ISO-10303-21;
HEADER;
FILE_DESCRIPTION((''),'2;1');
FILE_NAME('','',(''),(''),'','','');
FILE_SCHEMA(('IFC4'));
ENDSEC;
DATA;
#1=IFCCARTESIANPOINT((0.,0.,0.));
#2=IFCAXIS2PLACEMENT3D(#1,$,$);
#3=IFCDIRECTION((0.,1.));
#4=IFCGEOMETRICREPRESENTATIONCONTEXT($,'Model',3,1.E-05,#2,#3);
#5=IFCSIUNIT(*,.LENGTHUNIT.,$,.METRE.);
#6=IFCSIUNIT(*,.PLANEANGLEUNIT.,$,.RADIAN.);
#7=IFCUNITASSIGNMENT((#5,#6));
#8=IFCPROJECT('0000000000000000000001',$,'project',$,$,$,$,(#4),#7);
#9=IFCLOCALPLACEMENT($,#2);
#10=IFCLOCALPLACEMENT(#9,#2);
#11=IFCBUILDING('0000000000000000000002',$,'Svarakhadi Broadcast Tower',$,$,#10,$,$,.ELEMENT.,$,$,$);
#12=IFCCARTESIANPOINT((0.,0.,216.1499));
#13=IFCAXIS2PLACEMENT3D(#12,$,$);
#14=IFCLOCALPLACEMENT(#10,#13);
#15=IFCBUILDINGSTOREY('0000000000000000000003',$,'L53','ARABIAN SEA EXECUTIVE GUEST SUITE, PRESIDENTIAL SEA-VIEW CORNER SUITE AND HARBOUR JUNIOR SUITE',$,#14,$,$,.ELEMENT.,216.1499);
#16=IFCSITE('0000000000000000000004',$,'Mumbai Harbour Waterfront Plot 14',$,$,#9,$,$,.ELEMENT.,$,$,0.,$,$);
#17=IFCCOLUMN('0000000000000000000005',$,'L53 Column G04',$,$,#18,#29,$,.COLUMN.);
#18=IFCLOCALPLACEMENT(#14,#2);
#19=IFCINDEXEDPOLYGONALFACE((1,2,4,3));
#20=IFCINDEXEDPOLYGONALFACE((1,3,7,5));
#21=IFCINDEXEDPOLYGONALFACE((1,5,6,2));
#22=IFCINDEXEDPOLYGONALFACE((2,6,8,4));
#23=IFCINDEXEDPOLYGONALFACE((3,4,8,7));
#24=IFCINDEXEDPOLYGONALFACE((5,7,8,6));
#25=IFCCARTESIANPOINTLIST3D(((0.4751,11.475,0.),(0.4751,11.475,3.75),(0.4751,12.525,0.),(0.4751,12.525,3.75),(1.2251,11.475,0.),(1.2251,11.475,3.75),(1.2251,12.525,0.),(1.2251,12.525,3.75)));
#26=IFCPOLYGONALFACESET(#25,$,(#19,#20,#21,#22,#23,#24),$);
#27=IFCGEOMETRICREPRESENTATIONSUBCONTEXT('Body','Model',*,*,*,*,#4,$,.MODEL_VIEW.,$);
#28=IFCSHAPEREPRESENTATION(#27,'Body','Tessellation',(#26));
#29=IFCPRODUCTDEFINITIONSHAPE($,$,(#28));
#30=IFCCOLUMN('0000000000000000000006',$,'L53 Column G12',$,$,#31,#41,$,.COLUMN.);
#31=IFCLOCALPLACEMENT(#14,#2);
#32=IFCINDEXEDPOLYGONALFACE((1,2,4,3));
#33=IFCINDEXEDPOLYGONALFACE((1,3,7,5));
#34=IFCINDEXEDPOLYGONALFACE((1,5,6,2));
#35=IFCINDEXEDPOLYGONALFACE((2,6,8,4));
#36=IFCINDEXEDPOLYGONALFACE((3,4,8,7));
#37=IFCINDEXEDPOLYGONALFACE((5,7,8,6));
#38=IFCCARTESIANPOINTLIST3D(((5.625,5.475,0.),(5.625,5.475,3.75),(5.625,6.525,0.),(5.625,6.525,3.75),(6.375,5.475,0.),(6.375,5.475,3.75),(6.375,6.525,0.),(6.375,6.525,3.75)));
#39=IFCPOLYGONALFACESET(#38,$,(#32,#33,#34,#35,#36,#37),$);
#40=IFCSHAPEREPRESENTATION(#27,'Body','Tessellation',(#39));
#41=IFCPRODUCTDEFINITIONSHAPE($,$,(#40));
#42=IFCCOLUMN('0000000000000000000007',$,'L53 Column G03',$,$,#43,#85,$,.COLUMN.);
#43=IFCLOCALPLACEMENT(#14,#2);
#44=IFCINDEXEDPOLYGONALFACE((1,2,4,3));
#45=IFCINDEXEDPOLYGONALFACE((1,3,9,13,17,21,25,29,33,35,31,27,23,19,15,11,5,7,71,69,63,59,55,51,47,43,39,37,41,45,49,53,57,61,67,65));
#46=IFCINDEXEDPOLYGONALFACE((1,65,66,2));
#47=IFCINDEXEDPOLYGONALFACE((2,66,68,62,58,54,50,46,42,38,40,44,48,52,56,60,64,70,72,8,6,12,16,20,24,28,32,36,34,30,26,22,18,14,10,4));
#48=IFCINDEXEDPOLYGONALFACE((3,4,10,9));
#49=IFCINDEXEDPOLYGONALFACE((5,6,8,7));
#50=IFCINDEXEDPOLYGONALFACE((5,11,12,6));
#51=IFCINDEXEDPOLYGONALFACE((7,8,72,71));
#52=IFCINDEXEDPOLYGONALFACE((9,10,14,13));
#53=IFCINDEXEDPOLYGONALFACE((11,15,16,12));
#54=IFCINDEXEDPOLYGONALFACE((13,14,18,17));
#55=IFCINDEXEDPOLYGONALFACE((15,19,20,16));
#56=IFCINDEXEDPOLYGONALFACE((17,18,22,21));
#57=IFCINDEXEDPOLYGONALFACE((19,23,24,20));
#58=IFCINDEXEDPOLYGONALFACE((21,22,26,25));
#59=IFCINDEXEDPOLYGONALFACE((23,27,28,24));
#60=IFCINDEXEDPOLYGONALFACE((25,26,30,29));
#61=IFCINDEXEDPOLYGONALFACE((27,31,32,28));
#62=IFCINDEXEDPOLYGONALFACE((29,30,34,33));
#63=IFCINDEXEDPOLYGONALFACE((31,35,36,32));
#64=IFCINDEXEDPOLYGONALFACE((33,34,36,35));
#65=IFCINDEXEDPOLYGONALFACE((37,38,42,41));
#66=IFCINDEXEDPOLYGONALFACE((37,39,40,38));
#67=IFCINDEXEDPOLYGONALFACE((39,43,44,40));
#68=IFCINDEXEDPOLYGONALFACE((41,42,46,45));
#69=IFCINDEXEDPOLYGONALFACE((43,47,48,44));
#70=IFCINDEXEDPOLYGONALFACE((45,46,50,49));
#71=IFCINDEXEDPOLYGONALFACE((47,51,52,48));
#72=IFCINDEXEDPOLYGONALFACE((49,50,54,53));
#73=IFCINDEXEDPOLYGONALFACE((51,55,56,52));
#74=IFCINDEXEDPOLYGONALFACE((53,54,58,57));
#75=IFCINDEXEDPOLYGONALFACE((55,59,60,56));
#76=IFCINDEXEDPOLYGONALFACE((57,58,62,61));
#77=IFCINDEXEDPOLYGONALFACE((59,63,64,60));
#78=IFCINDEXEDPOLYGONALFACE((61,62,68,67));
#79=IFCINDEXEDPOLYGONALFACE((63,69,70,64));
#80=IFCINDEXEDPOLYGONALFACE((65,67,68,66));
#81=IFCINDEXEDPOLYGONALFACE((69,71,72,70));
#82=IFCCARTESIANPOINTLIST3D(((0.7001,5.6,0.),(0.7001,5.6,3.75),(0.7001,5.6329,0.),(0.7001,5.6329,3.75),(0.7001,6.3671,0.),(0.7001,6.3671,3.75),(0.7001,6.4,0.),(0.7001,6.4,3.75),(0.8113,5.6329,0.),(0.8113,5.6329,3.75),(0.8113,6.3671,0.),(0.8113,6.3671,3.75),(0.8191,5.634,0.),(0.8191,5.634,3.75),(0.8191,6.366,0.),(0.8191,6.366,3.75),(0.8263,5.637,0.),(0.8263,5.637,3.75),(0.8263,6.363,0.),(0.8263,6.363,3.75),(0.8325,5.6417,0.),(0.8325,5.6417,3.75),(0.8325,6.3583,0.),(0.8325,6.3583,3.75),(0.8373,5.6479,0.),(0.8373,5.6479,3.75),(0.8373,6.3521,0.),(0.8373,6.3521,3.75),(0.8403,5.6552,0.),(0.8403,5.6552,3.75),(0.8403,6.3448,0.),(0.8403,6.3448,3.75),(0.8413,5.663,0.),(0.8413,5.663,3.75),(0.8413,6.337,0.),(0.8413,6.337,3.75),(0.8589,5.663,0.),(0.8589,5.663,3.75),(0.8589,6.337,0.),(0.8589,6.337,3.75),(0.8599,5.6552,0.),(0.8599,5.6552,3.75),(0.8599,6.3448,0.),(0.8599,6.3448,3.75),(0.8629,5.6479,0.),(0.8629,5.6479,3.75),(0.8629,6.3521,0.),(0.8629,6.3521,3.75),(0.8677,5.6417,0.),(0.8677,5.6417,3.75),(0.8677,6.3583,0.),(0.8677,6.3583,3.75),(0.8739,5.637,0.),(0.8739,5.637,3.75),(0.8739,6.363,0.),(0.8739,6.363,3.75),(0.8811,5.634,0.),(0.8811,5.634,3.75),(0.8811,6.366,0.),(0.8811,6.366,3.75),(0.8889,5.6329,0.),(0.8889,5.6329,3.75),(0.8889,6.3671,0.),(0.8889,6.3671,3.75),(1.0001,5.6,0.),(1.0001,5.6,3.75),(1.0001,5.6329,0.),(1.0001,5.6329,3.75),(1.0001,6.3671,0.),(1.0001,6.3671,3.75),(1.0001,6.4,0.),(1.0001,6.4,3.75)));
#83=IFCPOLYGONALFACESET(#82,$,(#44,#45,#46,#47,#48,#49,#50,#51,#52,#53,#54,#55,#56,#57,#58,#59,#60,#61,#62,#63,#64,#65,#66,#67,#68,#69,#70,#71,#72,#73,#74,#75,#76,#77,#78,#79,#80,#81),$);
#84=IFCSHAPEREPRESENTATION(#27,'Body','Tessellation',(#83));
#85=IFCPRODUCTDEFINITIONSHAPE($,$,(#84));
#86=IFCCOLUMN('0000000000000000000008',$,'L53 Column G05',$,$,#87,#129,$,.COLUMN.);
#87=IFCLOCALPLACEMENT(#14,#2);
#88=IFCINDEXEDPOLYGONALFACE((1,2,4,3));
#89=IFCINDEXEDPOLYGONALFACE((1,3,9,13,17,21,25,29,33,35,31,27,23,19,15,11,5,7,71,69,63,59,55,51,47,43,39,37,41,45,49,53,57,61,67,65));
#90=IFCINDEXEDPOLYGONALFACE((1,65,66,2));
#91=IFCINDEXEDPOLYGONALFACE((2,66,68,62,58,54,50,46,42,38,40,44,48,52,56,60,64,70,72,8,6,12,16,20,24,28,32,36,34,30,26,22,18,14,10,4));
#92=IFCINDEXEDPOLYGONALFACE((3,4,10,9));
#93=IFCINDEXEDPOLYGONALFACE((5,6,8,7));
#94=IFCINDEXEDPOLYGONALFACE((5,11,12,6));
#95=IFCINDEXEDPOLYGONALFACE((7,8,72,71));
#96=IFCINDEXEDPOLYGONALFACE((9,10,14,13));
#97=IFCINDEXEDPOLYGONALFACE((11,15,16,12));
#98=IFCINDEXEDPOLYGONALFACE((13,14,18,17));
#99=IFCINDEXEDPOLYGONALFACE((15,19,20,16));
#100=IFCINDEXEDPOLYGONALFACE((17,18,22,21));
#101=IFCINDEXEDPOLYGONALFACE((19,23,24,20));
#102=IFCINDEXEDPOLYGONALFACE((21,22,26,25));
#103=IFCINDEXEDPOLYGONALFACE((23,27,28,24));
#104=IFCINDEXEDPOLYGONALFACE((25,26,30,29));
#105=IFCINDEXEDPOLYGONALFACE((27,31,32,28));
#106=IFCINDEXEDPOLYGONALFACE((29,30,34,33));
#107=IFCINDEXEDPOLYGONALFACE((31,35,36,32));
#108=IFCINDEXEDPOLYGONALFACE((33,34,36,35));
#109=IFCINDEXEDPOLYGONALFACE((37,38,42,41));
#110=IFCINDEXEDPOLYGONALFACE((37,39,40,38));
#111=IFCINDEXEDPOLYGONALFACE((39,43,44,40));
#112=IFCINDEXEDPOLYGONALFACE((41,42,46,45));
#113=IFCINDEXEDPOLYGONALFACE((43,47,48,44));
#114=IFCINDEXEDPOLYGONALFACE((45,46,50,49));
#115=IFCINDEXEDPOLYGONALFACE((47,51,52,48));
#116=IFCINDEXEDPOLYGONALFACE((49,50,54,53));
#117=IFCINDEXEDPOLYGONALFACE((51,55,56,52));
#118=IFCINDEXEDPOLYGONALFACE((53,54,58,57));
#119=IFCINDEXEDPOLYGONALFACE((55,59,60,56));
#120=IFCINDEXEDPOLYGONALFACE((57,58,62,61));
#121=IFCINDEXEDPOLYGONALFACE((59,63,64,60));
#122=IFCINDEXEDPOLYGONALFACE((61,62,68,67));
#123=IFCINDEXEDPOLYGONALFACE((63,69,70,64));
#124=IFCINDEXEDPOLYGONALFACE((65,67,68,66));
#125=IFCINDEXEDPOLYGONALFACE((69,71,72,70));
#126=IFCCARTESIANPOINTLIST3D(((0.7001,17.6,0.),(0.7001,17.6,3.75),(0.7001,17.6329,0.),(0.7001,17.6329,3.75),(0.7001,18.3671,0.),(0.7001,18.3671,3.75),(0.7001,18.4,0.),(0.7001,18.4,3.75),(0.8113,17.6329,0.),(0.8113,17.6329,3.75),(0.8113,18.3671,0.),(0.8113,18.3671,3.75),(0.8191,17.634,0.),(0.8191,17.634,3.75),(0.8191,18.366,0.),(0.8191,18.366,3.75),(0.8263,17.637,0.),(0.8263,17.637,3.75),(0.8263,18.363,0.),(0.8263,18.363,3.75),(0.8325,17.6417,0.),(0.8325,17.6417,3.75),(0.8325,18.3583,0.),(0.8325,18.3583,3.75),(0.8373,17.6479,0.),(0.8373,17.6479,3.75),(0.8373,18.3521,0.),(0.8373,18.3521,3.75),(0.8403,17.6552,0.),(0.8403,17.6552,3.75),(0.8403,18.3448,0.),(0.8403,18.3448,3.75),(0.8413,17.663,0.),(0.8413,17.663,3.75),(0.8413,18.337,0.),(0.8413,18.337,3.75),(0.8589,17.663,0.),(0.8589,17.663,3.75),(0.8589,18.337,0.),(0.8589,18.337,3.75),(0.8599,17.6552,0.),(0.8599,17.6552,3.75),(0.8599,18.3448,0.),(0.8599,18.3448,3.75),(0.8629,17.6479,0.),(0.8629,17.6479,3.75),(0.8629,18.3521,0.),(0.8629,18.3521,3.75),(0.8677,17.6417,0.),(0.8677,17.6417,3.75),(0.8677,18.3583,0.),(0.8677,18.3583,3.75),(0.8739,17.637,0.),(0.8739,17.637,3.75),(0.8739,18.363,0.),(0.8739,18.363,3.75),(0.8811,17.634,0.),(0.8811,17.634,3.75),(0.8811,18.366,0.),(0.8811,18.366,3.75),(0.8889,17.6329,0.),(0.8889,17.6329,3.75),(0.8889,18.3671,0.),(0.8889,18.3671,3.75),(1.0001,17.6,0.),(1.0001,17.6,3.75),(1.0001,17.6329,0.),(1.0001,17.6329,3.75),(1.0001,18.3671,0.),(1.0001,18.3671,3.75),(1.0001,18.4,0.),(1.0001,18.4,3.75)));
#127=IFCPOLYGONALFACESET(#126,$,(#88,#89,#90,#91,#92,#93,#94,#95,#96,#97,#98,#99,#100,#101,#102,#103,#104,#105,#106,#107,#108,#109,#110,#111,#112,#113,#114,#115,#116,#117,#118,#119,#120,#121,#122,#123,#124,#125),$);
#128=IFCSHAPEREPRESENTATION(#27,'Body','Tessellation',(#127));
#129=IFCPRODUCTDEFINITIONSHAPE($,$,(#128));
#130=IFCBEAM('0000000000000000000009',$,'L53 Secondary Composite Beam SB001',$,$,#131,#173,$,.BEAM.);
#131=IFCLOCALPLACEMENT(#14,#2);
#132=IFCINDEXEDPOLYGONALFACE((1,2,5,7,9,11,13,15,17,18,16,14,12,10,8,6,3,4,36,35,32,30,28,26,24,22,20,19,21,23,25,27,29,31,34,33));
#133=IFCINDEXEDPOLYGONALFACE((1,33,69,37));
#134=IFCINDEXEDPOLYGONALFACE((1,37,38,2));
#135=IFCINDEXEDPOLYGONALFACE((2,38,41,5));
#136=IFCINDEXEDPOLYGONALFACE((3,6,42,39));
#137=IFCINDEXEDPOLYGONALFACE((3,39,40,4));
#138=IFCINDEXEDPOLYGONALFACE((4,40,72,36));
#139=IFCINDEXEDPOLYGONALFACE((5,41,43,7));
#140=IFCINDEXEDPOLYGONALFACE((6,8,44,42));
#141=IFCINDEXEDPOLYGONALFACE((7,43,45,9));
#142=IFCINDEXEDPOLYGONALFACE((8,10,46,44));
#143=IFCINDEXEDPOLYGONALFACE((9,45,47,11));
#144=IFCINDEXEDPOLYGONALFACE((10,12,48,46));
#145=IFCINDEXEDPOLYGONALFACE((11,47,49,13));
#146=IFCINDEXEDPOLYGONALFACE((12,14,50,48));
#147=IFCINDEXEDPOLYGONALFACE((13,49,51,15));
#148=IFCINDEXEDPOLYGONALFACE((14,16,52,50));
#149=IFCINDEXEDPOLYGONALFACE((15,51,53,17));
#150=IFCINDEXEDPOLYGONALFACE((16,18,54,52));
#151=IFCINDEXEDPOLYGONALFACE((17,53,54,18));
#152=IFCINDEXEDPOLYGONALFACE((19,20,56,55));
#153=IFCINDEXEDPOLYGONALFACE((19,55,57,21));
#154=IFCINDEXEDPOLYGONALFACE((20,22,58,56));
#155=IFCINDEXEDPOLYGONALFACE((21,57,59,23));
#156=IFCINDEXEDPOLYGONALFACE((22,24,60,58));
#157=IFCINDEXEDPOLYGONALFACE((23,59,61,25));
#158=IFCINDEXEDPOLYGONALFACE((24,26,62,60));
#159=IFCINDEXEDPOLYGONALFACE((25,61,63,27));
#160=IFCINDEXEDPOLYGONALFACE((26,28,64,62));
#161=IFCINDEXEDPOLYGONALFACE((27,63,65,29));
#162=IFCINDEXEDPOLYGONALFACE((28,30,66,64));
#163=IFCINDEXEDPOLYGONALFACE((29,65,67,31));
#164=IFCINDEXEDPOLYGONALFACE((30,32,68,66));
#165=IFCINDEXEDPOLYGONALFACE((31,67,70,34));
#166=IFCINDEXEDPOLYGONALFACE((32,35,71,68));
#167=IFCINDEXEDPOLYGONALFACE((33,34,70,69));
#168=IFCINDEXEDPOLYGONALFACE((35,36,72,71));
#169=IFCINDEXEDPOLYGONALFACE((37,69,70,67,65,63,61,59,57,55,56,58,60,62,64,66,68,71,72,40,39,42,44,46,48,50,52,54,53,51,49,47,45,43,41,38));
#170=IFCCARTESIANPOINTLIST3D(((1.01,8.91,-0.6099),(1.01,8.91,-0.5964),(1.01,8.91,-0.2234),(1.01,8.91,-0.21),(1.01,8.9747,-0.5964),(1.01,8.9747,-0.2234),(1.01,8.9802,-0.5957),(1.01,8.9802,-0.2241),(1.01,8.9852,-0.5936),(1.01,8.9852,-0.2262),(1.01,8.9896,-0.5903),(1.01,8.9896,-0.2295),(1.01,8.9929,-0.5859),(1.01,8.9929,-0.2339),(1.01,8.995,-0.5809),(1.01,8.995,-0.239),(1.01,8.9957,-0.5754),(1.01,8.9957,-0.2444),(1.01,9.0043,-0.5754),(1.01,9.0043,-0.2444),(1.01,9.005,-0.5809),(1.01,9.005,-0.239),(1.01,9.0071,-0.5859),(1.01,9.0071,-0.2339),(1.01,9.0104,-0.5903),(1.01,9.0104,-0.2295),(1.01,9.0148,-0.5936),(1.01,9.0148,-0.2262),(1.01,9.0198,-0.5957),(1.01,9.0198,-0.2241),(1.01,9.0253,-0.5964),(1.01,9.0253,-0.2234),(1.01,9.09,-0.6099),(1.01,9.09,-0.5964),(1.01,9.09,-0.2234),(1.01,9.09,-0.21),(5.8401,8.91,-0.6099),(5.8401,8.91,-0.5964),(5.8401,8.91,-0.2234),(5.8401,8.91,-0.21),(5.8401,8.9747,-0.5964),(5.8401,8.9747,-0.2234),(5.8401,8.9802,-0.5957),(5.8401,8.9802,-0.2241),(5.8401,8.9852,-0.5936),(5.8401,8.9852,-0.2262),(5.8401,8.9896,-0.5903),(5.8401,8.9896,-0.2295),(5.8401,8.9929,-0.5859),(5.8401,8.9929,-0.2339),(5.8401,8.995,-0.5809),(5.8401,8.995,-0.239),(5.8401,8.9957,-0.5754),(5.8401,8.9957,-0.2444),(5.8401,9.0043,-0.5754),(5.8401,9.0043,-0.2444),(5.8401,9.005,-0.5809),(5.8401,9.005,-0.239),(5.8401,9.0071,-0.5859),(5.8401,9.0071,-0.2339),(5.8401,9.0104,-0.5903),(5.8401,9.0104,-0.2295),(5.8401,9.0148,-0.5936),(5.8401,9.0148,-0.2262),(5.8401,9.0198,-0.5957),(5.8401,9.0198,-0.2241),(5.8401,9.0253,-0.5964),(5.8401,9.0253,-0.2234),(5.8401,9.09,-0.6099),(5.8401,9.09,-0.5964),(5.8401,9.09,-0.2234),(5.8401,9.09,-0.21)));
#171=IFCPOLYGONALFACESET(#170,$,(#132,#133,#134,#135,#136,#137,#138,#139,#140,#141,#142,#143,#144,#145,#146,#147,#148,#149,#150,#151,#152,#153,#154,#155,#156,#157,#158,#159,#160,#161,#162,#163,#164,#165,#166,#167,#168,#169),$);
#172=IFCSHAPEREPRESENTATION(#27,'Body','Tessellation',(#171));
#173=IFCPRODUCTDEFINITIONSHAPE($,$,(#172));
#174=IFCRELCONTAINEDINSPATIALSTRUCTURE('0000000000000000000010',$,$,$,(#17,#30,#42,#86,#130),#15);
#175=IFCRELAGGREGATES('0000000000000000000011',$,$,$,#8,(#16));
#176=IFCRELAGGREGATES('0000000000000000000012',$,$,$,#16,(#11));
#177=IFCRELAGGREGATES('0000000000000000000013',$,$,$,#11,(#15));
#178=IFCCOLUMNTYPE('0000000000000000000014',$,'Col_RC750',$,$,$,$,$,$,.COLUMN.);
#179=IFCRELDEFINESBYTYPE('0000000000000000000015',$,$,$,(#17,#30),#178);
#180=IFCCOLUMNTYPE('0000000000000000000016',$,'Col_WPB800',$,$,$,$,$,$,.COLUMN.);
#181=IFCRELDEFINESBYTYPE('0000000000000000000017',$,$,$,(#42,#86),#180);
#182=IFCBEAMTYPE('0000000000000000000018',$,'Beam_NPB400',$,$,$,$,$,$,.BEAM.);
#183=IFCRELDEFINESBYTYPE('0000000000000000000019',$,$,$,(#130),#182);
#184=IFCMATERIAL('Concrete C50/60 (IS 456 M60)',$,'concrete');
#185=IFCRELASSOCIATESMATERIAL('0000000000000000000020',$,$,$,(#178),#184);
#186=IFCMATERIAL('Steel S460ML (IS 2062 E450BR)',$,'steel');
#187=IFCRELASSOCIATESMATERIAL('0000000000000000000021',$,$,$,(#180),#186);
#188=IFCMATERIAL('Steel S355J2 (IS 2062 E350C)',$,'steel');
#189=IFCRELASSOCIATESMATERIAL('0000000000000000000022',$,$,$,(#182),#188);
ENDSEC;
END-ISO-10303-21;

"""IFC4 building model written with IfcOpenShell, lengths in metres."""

from ifc_helpers import new_model, si_unit, direction, frame, origin, origin_2d, place, context, subcontext, project, spatial, rectangle, i_section, extrude, material, material_profile, profile_set, type_object, element, save


model = new_model("IFC4")

# Units and contexts
model_context = context("Model", 3, precision=1e-05, world=origin(), true_north=direction((0.0, 1.0)))
body_context = subcontext(model_context, "Body", "Model", "MODEL_VIEW")
ifc_project = project(units=[si_unit("LENGTHUNIT", "METRE"), si_unit("PLANEANGLEUNIT", "RADIAN")], contexts=[model_context])

# Site, building, storey
site_placement = place(None, origin())
site = spatial("IfcSite", under=ifc_project, at=site_placement, Name="Mumbai Harbour Waterfront Plot 14", CompositionType="ELEMENT", RefElevation=0.0)
building_placement = place(site_placement, origin())
building = spatial("IfcBuilding", under=site, at=building_placement, Name="Svarakhadi Broadcast Tower", CompositionType="ELEMENT")
storey_placement = place(building_placement, frame((0.0, 0.0, 216.1499)))
storey = spatial("IfcBuildingStorey", under=building, at=storey_placement, Name="L53", Description="ARABIAN SEA EXECUTIVE GUEST SUITE, PRESIDENTIAL SEA-VIEW CORNER SUITE AND HARBOUR JUNIOR SUITE", CompositionType="ELEMENT", Elevation=216.1499)

# Columns
ifc_material_1 = material(Name="Concrete C50/60 (IS 456 M60)", Category="concrete")
ifc_material_profile_1 = material_profile(ifc_material_1, rectangle(XDim=0.75, YDim=1.05, at=origin_2d()), Name="RC 750x1050")
ifc_profile_set_1 = profile_set([ifc_material_profile_1], Name="Concrete C50/60 (IS 456 M60)")
column_type_1 = type_object("IfcColumnType", Name="Col_RC750", PredefinedType="COLUMN", material=ifc_profile_set_1)
for number, where, z_axis, x_axis, name in (
    (1, (0.8501, 12.0, 0.0), (0.0, 0.0, 1.0), (1.0, 0.0, 0.0), "L53 Column G04"),
    (2, (6.0, 6.0, 0.0), (0.0, 0.0, 1.0), (1.0, 0.0, 0.0), "L53 Column G12"),
):
    element("IfcColumn", number, at=place(storey_placement, frame(where, z_axis=z_axis, x_axis=x_axis)), inside=storey, type_object=column_type_1, Name=name, PredefinedType="COLUMN", context=body_context, shape_type="SweptSolid", body=[
        extrude(rectangle(XDim=0.75, YDim=1.05, at=origin_2d()), origin(), (0.0, 0.0, 1.0), 3.75),
    ])
ifc_material_2 = material(Name="Steel S460ML (IS 2062 E450BR)", Category="steel")
ifc_material_profile_2 = material_profile(ifc_material_2, i_section(OverallWidth=0.3, OverallDepth=0.8, WebThickness=0.0176, FlangeThickness=0.033, FilletRadius=0.03, at=origin_2d()), Name="WPB 800x300x262")
ifc_profile_set_2 = profile_set([ifc_material_profile_2], Name="Steel S460ML (IS 2062 E450BR)")
column_type_2 = type_object("IfcColumnType", Name="Col_WPB800", PredefinedType="COLUMN", material=ifc_profile_set_2)
for number, where, z_axis, x_axis, name in (
    (3, (0.8501, 6.0, 0.0), (0.0, 0.0, 1.0), (1.0, 0.0, 0.0), "L53 Column G03"),
    (4, (0.8501, 18.0, 0.0), (0.0, 0.0, 1.0), (1.0, 0.0, 0.0), "L53 Column G05"),
):
    element("IfcColumn", number, at=place(storey_placement, frame(where, z_axis=z_axis, x_axis=x_axis)), inside=storey, type_object=column_type_2, Name=name, PredefinedType="COLUMN", context=body_context, shape_type="SweptSolid", body=[
        extrude(i_section(OverallWidth=0.3, OverallDepth=0.8, WebThickness=0.0176, FlangeThickness=0.033, FilletRadius=0.03, at=origin_2d()), origin(), (0.0, 0.0, 1.0), 3.75),
    ])

# Beam
ifc_material_3 = material(Name="Steel S355J2 (IS 2062 E350C)", Category="steel")
ifc_material_profile_3 = material_profile(ifc_material_3, i_section(OverallWidth=0.1799, OverallDepth=0.3999, WebThickness=0.0085, FlangeThickness=0.0134, FilletRadius=0.021, at=origin_2d()), Name="NPB 400x180x66")
ifc_profile_set_3 = profile_set([ifc_material_profile_3], Name="Steel S355J2 (IS 2062 E350C)")
beam_type_1 = type_object("IfcBeamType", Name="Beam_NPB400", PredefinedType="BEAM", material=ifc_profile_set_3)
for number, where, z_axis, x_axis, name in (
    (5, (1.01, 9.0, -0.4099), (1.0, 0.0, 0.0), (0.0, 1.0, 0.0), "L53 Secondary Composite Beam SB001"),
):
    element("IfcBeam", number, at=place(storey_placement, frame(where, z_axis=z_axis, x_axis=x_axis)), inside=storey, type_object=beam_type_1, Name=name, PredefinedType="BEAM", context=body_context, shape_type="SweptSolid", body=[
        extrude(i_section(OverallWidth=0.1799, OverallDepth=0.3999, WebThickness=0.0085, FlangeThickness=0.0134, FilletRadius=0.021, at=origin_2d()), origin(), (0.0, 0.0, 1.0), 4.8301),
    ])

save(model, "model.ifc")
